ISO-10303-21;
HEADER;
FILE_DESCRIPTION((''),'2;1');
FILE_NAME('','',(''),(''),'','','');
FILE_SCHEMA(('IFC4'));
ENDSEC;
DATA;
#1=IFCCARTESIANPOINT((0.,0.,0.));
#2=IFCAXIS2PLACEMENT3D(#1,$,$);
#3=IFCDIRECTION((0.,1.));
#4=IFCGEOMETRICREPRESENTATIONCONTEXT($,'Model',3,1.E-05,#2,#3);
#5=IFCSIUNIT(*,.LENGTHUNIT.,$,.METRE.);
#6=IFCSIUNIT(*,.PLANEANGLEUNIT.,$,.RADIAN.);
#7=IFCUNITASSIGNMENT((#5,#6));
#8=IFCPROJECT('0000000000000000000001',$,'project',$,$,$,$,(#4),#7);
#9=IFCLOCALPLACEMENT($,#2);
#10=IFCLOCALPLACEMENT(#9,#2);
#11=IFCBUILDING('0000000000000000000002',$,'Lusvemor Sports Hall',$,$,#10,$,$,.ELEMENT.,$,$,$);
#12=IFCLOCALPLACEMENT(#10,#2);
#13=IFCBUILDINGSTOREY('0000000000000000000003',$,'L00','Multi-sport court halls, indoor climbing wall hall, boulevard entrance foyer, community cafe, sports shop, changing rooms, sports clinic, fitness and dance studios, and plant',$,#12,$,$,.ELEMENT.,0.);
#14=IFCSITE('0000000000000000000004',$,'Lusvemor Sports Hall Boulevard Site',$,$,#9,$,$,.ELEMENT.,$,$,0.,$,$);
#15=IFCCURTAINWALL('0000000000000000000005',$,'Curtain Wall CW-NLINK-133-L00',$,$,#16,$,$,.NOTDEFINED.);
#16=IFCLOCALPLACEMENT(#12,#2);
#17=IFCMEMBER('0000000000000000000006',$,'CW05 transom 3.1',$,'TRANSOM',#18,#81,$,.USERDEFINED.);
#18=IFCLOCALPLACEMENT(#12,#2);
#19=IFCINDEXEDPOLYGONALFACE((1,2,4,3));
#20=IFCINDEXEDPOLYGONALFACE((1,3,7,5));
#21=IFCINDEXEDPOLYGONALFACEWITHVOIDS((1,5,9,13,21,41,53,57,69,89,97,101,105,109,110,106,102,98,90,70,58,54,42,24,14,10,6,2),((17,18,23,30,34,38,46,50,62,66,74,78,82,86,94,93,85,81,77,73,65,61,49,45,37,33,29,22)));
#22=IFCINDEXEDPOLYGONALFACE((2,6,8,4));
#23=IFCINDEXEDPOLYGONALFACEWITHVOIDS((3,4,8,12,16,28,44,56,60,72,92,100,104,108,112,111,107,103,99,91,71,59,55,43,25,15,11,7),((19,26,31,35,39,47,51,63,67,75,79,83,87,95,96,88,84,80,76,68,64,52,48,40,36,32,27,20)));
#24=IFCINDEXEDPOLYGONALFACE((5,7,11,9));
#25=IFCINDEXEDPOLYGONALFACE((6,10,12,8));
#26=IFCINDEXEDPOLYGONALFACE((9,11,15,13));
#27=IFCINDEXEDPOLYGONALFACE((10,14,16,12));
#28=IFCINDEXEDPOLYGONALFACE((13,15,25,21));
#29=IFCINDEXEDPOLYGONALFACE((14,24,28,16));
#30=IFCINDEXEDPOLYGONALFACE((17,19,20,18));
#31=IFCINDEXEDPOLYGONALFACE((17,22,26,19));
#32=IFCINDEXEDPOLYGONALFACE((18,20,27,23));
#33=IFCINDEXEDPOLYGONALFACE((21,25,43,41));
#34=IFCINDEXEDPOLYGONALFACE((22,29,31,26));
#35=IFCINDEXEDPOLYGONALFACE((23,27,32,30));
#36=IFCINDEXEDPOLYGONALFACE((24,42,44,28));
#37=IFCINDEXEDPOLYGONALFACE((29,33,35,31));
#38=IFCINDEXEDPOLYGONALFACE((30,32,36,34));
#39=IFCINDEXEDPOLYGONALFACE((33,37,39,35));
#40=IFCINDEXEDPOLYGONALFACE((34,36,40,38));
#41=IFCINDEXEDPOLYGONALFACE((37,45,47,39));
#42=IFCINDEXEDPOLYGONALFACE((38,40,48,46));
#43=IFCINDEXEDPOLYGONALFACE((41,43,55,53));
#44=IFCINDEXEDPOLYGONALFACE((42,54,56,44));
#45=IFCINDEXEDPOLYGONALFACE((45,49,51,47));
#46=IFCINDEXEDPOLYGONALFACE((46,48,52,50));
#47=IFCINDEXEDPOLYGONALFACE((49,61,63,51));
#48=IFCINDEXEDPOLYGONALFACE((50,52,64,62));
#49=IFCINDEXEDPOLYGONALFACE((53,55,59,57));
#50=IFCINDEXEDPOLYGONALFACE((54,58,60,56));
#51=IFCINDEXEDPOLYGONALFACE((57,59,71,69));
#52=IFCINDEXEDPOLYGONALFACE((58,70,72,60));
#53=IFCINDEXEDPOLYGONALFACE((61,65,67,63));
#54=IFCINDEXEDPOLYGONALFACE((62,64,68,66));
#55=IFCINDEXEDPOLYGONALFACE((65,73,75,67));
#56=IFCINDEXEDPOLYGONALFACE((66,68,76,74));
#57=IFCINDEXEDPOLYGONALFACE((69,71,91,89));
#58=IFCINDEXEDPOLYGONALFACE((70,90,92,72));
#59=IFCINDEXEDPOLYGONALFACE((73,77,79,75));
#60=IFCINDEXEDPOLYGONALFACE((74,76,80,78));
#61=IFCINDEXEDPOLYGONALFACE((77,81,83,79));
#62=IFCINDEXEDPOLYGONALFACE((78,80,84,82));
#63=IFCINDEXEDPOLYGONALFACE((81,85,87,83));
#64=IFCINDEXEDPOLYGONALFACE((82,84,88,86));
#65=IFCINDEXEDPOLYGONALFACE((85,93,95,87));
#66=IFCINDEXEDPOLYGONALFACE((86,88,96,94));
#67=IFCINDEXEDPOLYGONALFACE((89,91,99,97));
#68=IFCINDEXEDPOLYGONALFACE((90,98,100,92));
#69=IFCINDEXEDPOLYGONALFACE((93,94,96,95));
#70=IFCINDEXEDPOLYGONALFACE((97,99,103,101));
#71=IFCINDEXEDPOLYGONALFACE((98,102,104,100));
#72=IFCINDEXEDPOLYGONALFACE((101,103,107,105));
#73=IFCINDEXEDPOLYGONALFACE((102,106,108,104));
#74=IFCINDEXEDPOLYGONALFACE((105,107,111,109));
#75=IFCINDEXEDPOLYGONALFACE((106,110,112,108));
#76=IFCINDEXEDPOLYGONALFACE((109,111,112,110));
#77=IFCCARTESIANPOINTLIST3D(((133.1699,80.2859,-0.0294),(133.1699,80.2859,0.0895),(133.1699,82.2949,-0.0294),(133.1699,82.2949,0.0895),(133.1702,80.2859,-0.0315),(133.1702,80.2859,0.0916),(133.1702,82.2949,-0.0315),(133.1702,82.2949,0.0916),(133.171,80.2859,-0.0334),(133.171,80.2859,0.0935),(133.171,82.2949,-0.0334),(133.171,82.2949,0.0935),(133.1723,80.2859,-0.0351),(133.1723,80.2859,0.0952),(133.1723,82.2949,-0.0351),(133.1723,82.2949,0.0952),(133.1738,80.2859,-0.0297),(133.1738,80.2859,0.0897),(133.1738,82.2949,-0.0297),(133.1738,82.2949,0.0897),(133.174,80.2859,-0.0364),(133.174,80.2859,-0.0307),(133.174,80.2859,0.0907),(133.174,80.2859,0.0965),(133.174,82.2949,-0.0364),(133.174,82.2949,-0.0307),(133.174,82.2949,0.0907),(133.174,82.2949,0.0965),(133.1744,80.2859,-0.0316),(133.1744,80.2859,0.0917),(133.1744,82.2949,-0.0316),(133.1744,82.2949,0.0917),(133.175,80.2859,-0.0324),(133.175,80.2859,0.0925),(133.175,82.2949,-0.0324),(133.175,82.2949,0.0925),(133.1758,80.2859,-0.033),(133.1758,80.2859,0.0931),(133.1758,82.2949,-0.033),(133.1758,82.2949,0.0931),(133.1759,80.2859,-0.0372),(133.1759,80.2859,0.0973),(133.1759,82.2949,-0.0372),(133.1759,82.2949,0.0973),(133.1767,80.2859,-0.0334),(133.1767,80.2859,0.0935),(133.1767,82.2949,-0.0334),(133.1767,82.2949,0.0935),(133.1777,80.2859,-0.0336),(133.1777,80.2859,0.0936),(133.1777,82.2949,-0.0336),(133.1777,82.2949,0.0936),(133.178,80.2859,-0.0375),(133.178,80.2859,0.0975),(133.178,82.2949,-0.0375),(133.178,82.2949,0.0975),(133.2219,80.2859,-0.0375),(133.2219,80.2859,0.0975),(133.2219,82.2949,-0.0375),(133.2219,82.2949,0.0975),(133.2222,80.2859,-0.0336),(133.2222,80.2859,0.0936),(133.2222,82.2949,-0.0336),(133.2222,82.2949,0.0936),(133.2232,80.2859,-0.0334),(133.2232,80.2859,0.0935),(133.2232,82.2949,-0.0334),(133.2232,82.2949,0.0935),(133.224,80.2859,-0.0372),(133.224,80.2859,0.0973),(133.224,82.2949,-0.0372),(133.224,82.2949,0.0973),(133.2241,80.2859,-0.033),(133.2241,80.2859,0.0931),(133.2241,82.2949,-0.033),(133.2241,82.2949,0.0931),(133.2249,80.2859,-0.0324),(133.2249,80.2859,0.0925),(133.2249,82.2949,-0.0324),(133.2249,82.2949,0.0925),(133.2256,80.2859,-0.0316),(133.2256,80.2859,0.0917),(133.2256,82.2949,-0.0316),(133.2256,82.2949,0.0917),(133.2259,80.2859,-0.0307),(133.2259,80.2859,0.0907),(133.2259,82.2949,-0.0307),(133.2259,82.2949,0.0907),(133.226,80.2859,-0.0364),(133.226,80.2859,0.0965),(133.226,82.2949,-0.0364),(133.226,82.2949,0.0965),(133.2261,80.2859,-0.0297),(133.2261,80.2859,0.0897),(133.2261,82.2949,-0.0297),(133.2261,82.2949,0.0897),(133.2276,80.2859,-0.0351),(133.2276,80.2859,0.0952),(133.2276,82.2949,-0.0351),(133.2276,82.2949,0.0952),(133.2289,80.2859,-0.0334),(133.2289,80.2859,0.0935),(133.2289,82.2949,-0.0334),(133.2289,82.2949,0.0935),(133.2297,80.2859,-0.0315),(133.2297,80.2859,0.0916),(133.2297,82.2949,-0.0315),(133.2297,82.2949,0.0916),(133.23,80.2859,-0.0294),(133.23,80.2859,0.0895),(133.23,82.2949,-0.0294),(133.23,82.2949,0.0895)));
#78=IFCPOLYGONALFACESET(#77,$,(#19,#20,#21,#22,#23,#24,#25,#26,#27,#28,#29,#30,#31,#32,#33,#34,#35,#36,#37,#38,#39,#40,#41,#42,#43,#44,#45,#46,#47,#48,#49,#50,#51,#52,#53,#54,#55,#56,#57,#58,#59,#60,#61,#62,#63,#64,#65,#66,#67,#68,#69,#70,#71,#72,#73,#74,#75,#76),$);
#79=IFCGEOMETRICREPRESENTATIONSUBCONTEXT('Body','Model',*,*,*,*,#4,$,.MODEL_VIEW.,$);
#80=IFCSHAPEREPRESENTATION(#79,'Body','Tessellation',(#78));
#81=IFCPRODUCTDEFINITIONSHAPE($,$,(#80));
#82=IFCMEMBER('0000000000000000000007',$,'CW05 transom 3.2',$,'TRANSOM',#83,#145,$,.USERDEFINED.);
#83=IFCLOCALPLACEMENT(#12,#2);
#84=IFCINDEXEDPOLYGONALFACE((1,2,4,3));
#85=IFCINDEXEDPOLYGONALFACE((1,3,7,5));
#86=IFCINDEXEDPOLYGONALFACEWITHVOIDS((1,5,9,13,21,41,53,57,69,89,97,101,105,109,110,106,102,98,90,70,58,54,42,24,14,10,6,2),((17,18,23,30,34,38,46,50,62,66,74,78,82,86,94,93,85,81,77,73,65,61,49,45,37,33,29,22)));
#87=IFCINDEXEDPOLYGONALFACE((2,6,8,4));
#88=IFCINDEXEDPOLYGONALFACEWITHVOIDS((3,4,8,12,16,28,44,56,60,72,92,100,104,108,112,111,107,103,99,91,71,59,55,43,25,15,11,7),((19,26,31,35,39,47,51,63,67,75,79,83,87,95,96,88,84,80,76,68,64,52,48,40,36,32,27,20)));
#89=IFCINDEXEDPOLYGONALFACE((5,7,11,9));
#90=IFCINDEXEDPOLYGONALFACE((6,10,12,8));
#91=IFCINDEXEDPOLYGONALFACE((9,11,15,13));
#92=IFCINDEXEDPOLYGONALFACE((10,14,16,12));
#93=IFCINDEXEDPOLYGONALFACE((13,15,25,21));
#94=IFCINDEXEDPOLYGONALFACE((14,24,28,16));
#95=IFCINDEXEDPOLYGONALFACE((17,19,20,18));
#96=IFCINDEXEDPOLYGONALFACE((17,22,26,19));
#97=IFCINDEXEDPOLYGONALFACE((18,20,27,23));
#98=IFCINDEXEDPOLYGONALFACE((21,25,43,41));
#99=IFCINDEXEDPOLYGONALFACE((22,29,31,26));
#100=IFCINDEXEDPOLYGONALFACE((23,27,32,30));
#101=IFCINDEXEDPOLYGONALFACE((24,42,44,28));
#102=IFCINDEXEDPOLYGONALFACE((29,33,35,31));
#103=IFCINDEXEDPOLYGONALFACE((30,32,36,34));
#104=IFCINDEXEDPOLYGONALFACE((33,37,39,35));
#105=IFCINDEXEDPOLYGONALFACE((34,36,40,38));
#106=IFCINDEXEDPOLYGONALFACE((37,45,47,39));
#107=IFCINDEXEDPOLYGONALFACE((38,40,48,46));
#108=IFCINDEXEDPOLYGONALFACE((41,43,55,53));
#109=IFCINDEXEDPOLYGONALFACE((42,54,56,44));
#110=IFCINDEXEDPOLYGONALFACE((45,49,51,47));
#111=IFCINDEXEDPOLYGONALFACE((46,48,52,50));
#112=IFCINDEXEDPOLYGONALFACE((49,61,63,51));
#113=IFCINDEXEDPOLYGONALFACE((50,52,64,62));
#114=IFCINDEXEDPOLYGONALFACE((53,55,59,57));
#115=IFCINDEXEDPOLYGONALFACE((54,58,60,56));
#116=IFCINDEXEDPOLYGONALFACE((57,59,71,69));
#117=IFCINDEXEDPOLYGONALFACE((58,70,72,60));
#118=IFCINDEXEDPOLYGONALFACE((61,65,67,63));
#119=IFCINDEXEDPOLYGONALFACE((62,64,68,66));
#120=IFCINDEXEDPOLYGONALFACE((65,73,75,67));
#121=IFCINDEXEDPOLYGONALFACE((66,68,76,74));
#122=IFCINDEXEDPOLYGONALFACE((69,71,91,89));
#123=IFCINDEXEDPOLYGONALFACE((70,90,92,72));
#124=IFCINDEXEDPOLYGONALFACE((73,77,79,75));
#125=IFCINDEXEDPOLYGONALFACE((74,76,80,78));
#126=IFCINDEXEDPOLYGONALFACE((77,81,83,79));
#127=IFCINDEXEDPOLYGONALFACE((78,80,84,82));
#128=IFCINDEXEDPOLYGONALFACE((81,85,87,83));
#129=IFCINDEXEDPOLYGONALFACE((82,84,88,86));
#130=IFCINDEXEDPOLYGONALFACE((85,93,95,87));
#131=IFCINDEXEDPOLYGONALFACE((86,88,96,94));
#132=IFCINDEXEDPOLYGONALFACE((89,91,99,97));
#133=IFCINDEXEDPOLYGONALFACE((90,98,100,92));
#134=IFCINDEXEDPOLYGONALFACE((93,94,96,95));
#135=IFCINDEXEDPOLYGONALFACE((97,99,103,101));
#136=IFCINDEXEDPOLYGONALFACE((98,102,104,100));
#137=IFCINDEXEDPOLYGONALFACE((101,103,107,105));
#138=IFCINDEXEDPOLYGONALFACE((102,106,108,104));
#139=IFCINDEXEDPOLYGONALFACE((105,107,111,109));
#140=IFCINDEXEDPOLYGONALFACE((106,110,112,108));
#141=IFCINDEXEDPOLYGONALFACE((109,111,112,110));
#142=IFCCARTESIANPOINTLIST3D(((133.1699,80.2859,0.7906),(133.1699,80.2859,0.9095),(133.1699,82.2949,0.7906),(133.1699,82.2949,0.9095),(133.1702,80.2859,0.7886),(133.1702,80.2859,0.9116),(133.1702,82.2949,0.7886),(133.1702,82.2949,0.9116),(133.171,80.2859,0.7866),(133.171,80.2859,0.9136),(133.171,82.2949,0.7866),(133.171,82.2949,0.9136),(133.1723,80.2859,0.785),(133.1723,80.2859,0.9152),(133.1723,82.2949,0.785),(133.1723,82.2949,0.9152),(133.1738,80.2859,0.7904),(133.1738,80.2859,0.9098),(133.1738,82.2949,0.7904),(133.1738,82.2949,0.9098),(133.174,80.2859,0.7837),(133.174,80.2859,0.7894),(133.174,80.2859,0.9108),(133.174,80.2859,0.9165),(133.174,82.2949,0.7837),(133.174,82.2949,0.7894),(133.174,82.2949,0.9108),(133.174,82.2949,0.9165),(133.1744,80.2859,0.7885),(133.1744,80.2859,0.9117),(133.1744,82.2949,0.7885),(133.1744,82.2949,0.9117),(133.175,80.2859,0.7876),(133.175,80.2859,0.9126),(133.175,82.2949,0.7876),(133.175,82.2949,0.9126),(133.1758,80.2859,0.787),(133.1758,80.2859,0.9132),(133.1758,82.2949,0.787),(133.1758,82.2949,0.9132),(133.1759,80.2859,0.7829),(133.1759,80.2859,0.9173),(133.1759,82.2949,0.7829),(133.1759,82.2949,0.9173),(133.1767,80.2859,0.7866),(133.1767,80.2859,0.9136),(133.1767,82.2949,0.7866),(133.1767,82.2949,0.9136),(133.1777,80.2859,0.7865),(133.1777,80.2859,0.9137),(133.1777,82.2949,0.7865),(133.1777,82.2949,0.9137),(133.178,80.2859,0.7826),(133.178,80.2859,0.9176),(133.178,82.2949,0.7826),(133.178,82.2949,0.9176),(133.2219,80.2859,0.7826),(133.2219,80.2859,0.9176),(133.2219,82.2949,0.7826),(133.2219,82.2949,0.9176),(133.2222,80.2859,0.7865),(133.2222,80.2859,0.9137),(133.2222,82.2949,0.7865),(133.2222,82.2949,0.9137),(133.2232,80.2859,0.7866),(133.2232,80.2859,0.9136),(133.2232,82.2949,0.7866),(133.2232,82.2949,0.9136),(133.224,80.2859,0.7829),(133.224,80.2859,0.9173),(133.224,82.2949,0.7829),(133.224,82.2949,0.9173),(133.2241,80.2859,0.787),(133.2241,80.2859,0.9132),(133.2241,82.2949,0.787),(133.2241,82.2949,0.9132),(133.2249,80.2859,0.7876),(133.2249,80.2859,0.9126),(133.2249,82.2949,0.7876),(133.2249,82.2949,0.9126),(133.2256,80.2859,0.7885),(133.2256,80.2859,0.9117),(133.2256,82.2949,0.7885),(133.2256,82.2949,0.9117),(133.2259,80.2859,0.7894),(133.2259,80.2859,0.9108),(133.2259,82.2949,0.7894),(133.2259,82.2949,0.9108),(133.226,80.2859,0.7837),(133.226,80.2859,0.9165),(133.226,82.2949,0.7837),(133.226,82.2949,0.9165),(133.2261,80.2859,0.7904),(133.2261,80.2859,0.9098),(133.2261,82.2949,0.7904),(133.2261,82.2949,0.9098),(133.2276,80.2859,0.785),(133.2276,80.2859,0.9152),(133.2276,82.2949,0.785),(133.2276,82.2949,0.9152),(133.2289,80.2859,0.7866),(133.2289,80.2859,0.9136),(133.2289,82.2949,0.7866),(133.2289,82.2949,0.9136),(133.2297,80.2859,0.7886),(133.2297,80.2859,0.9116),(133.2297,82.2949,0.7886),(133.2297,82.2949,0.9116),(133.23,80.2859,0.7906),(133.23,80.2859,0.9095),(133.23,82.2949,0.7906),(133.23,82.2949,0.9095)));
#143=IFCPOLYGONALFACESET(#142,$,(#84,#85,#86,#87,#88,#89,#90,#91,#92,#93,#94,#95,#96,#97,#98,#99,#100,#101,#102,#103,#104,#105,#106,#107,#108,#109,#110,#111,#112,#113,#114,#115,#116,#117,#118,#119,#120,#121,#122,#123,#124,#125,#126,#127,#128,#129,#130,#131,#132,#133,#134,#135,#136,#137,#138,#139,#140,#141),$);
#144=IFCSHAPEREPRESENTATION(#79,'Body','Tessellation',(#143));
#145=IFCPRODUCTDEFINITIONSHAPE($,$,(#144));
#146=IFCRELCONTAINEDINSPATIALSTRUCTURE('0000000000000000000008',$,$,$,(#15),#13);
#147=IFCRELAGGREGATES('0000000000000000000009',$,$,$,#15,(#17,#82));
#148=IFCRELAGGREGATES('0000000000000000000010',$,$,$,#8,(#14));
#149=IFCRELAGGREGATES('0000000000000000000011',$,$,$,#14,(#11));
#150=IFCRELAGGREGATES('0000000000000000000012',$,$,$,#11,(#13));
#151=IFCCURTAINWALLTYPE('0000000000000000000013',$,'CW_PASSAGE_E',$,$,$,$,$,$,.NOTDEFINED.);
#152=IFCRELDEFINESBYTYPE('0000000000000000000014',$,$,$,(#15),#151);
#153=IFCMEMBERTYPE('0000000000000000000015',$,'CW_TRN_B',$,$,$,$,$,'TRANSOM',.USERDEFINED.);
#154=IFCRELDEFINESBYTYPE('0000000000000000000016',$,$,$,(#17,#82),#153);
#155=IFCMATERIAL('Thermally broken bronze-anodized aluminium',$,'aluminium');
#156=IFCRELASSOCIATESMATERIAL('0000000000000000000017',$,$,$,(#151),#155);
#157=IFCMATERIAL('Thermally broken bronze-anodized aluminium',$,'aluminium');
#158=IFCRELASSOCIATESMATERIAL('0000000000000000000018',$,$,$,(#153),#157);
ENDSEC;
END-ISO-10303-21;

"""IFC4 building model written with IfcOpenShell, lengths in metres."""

from ifc_helpers import new_model, si_unit, direction, frame, origin, origin_2d, place, context, subcontext, project, spatial, hollow_rectangle, extrude, material, material_profile, profile_set, type_object, element, aggregate, save


model = new_model("IFC4")

# Units and contexts
model_context = context("Model", 3, precision=1e-05, world=origin(), true_north=direction((0.0, 1.0)))
body_context = subcontext(model_context, "Body", "Model", "MODEL_VIEW")
ifc_project = project(units=[si_unit("LENGTHUNIT", "METRE"), si_unit("PLANEANGLEUNIT", "RADIAN")], contexts=[model_context])

# Site, building, storey
site_placement = place(None, origin())
site = spatial("IfcSite", under=ifc_project, at=site_placement, Name="Lusvemor Sports Hall Boulevard Site", CompositionType="ELEMENT", RefElevation=0.0)
building_placement = place(site_placement, origin())
building = spatial("IfcBuilding", under=site, at=building_placement, Name="Lusvemor Sports Hall", CompositionType="ELEMENT")
storey_placement = place(building_placement, origin())
storey = spatial("IfcBuildingStorey", under=building, at=storey_placement, Name="L00", Description="Multi-sport court halls, indoor climbing wall hall, boulevard entrance foyer, community cafe, sports shop, changing rooms, sports clinic, fitness and dance studios, and plant", CompositionType="ELEMENT", Elevation=0.0)

# Curtain wall, members
ifc_material_1 = material(Name="Thermally broken bronze-anodized aluminium", Category="aluminium")
curtain_wall_type_1 = type_object("IfcCurtainWallType", Name="CW_PASSAGE_E", PredefinedType="NOTDEFINED", material=ifc_material_1)
curtain_wall_1_placement = place(storey_placement, origin())
curtain_wall_1 = element("IfcCurtainWall", 1, at=curtain_wall_1_placement, inside=storey, type_object=curtain_wall_type_1, Name="Curtain Wall CW-NLINK-133-L00", PredefinedType="NOTDEFINED")
ifc_material_2 = material(Name="Thermally broken bronze-anodized aluminium", Category="aluminium")
ifc_material_profile_1 = material_profile(ifc_material_2, hollow_rectangle(XDim=0.0601, YDim=0.135, WallThickness=0.0039, InnerFilletRadius=0.0039, OuterFilletRadius=0.0081, at=origin_2d()), Name="CWTRN135x60x4")
ifc_profile_set_1 = profile_set([ifc_material_profile_1], Name="Thermally broken bronze-anodized aluminium")
member_type_1 = type_object("IfcMemberType", Name="CW_TRN_B", ElementType="TRANSOM", PredefinedType="USERDEFINED", material=ifc_profile_set_1)
member_1_placement = place(storey_placement, frame((133.2, 80.2859, 0.03), z_axis=(0.0, 1.0, 0.0), x_axis=(-1.0, 0.0, 0.0)))
member_1 = element("IfcMember", 2, at=member_1_placement, type_object=member_type_1, Name="CW05 transom 3.1", ObjectType="TRANSOM", PredefinedType="USERDEFINED", context=body_context, shape_type="SweptSolid", body=[
    extrude(hollow_rectangle(XDim=0.0601, YDim=0.135, WallThickness=0.0039, InnerFilletRadius=0.0039, OuterFilletRadius=0.0081, at=origin_2d()), origin(), (0.0, 0.0, 1.0), 2.009),
])
member_2_placement = place(storey_placement, frame((133.2, 80.2859, 0.8501), z_axis=(0.0, 1.0, 0.0), x_axis=(-1.0, 0.0, 0.0)))
member_2 = element("IfcMember", 3, at=member_2_placement, type_object=member_type_1, Name="CW05 transom 3.2", ObjectType="TRANSOM", PredefinedType="USERDEFINED", context=body_context, shape_type="SweptSolid", body=[
    extrude(hollow_rectangle(XDim=0.0601, YDim=0.135, WallThickness=0.0039, InnerFilletRadius=0.0039, OuterFilletRadius=0.0081, at=origin_2d()), origin(), (0.0, 0.0, 1.0), 2.009),
])

aggregate(curtain_wall_1, [member_1, member_2])

save(model, "model.ifc")
